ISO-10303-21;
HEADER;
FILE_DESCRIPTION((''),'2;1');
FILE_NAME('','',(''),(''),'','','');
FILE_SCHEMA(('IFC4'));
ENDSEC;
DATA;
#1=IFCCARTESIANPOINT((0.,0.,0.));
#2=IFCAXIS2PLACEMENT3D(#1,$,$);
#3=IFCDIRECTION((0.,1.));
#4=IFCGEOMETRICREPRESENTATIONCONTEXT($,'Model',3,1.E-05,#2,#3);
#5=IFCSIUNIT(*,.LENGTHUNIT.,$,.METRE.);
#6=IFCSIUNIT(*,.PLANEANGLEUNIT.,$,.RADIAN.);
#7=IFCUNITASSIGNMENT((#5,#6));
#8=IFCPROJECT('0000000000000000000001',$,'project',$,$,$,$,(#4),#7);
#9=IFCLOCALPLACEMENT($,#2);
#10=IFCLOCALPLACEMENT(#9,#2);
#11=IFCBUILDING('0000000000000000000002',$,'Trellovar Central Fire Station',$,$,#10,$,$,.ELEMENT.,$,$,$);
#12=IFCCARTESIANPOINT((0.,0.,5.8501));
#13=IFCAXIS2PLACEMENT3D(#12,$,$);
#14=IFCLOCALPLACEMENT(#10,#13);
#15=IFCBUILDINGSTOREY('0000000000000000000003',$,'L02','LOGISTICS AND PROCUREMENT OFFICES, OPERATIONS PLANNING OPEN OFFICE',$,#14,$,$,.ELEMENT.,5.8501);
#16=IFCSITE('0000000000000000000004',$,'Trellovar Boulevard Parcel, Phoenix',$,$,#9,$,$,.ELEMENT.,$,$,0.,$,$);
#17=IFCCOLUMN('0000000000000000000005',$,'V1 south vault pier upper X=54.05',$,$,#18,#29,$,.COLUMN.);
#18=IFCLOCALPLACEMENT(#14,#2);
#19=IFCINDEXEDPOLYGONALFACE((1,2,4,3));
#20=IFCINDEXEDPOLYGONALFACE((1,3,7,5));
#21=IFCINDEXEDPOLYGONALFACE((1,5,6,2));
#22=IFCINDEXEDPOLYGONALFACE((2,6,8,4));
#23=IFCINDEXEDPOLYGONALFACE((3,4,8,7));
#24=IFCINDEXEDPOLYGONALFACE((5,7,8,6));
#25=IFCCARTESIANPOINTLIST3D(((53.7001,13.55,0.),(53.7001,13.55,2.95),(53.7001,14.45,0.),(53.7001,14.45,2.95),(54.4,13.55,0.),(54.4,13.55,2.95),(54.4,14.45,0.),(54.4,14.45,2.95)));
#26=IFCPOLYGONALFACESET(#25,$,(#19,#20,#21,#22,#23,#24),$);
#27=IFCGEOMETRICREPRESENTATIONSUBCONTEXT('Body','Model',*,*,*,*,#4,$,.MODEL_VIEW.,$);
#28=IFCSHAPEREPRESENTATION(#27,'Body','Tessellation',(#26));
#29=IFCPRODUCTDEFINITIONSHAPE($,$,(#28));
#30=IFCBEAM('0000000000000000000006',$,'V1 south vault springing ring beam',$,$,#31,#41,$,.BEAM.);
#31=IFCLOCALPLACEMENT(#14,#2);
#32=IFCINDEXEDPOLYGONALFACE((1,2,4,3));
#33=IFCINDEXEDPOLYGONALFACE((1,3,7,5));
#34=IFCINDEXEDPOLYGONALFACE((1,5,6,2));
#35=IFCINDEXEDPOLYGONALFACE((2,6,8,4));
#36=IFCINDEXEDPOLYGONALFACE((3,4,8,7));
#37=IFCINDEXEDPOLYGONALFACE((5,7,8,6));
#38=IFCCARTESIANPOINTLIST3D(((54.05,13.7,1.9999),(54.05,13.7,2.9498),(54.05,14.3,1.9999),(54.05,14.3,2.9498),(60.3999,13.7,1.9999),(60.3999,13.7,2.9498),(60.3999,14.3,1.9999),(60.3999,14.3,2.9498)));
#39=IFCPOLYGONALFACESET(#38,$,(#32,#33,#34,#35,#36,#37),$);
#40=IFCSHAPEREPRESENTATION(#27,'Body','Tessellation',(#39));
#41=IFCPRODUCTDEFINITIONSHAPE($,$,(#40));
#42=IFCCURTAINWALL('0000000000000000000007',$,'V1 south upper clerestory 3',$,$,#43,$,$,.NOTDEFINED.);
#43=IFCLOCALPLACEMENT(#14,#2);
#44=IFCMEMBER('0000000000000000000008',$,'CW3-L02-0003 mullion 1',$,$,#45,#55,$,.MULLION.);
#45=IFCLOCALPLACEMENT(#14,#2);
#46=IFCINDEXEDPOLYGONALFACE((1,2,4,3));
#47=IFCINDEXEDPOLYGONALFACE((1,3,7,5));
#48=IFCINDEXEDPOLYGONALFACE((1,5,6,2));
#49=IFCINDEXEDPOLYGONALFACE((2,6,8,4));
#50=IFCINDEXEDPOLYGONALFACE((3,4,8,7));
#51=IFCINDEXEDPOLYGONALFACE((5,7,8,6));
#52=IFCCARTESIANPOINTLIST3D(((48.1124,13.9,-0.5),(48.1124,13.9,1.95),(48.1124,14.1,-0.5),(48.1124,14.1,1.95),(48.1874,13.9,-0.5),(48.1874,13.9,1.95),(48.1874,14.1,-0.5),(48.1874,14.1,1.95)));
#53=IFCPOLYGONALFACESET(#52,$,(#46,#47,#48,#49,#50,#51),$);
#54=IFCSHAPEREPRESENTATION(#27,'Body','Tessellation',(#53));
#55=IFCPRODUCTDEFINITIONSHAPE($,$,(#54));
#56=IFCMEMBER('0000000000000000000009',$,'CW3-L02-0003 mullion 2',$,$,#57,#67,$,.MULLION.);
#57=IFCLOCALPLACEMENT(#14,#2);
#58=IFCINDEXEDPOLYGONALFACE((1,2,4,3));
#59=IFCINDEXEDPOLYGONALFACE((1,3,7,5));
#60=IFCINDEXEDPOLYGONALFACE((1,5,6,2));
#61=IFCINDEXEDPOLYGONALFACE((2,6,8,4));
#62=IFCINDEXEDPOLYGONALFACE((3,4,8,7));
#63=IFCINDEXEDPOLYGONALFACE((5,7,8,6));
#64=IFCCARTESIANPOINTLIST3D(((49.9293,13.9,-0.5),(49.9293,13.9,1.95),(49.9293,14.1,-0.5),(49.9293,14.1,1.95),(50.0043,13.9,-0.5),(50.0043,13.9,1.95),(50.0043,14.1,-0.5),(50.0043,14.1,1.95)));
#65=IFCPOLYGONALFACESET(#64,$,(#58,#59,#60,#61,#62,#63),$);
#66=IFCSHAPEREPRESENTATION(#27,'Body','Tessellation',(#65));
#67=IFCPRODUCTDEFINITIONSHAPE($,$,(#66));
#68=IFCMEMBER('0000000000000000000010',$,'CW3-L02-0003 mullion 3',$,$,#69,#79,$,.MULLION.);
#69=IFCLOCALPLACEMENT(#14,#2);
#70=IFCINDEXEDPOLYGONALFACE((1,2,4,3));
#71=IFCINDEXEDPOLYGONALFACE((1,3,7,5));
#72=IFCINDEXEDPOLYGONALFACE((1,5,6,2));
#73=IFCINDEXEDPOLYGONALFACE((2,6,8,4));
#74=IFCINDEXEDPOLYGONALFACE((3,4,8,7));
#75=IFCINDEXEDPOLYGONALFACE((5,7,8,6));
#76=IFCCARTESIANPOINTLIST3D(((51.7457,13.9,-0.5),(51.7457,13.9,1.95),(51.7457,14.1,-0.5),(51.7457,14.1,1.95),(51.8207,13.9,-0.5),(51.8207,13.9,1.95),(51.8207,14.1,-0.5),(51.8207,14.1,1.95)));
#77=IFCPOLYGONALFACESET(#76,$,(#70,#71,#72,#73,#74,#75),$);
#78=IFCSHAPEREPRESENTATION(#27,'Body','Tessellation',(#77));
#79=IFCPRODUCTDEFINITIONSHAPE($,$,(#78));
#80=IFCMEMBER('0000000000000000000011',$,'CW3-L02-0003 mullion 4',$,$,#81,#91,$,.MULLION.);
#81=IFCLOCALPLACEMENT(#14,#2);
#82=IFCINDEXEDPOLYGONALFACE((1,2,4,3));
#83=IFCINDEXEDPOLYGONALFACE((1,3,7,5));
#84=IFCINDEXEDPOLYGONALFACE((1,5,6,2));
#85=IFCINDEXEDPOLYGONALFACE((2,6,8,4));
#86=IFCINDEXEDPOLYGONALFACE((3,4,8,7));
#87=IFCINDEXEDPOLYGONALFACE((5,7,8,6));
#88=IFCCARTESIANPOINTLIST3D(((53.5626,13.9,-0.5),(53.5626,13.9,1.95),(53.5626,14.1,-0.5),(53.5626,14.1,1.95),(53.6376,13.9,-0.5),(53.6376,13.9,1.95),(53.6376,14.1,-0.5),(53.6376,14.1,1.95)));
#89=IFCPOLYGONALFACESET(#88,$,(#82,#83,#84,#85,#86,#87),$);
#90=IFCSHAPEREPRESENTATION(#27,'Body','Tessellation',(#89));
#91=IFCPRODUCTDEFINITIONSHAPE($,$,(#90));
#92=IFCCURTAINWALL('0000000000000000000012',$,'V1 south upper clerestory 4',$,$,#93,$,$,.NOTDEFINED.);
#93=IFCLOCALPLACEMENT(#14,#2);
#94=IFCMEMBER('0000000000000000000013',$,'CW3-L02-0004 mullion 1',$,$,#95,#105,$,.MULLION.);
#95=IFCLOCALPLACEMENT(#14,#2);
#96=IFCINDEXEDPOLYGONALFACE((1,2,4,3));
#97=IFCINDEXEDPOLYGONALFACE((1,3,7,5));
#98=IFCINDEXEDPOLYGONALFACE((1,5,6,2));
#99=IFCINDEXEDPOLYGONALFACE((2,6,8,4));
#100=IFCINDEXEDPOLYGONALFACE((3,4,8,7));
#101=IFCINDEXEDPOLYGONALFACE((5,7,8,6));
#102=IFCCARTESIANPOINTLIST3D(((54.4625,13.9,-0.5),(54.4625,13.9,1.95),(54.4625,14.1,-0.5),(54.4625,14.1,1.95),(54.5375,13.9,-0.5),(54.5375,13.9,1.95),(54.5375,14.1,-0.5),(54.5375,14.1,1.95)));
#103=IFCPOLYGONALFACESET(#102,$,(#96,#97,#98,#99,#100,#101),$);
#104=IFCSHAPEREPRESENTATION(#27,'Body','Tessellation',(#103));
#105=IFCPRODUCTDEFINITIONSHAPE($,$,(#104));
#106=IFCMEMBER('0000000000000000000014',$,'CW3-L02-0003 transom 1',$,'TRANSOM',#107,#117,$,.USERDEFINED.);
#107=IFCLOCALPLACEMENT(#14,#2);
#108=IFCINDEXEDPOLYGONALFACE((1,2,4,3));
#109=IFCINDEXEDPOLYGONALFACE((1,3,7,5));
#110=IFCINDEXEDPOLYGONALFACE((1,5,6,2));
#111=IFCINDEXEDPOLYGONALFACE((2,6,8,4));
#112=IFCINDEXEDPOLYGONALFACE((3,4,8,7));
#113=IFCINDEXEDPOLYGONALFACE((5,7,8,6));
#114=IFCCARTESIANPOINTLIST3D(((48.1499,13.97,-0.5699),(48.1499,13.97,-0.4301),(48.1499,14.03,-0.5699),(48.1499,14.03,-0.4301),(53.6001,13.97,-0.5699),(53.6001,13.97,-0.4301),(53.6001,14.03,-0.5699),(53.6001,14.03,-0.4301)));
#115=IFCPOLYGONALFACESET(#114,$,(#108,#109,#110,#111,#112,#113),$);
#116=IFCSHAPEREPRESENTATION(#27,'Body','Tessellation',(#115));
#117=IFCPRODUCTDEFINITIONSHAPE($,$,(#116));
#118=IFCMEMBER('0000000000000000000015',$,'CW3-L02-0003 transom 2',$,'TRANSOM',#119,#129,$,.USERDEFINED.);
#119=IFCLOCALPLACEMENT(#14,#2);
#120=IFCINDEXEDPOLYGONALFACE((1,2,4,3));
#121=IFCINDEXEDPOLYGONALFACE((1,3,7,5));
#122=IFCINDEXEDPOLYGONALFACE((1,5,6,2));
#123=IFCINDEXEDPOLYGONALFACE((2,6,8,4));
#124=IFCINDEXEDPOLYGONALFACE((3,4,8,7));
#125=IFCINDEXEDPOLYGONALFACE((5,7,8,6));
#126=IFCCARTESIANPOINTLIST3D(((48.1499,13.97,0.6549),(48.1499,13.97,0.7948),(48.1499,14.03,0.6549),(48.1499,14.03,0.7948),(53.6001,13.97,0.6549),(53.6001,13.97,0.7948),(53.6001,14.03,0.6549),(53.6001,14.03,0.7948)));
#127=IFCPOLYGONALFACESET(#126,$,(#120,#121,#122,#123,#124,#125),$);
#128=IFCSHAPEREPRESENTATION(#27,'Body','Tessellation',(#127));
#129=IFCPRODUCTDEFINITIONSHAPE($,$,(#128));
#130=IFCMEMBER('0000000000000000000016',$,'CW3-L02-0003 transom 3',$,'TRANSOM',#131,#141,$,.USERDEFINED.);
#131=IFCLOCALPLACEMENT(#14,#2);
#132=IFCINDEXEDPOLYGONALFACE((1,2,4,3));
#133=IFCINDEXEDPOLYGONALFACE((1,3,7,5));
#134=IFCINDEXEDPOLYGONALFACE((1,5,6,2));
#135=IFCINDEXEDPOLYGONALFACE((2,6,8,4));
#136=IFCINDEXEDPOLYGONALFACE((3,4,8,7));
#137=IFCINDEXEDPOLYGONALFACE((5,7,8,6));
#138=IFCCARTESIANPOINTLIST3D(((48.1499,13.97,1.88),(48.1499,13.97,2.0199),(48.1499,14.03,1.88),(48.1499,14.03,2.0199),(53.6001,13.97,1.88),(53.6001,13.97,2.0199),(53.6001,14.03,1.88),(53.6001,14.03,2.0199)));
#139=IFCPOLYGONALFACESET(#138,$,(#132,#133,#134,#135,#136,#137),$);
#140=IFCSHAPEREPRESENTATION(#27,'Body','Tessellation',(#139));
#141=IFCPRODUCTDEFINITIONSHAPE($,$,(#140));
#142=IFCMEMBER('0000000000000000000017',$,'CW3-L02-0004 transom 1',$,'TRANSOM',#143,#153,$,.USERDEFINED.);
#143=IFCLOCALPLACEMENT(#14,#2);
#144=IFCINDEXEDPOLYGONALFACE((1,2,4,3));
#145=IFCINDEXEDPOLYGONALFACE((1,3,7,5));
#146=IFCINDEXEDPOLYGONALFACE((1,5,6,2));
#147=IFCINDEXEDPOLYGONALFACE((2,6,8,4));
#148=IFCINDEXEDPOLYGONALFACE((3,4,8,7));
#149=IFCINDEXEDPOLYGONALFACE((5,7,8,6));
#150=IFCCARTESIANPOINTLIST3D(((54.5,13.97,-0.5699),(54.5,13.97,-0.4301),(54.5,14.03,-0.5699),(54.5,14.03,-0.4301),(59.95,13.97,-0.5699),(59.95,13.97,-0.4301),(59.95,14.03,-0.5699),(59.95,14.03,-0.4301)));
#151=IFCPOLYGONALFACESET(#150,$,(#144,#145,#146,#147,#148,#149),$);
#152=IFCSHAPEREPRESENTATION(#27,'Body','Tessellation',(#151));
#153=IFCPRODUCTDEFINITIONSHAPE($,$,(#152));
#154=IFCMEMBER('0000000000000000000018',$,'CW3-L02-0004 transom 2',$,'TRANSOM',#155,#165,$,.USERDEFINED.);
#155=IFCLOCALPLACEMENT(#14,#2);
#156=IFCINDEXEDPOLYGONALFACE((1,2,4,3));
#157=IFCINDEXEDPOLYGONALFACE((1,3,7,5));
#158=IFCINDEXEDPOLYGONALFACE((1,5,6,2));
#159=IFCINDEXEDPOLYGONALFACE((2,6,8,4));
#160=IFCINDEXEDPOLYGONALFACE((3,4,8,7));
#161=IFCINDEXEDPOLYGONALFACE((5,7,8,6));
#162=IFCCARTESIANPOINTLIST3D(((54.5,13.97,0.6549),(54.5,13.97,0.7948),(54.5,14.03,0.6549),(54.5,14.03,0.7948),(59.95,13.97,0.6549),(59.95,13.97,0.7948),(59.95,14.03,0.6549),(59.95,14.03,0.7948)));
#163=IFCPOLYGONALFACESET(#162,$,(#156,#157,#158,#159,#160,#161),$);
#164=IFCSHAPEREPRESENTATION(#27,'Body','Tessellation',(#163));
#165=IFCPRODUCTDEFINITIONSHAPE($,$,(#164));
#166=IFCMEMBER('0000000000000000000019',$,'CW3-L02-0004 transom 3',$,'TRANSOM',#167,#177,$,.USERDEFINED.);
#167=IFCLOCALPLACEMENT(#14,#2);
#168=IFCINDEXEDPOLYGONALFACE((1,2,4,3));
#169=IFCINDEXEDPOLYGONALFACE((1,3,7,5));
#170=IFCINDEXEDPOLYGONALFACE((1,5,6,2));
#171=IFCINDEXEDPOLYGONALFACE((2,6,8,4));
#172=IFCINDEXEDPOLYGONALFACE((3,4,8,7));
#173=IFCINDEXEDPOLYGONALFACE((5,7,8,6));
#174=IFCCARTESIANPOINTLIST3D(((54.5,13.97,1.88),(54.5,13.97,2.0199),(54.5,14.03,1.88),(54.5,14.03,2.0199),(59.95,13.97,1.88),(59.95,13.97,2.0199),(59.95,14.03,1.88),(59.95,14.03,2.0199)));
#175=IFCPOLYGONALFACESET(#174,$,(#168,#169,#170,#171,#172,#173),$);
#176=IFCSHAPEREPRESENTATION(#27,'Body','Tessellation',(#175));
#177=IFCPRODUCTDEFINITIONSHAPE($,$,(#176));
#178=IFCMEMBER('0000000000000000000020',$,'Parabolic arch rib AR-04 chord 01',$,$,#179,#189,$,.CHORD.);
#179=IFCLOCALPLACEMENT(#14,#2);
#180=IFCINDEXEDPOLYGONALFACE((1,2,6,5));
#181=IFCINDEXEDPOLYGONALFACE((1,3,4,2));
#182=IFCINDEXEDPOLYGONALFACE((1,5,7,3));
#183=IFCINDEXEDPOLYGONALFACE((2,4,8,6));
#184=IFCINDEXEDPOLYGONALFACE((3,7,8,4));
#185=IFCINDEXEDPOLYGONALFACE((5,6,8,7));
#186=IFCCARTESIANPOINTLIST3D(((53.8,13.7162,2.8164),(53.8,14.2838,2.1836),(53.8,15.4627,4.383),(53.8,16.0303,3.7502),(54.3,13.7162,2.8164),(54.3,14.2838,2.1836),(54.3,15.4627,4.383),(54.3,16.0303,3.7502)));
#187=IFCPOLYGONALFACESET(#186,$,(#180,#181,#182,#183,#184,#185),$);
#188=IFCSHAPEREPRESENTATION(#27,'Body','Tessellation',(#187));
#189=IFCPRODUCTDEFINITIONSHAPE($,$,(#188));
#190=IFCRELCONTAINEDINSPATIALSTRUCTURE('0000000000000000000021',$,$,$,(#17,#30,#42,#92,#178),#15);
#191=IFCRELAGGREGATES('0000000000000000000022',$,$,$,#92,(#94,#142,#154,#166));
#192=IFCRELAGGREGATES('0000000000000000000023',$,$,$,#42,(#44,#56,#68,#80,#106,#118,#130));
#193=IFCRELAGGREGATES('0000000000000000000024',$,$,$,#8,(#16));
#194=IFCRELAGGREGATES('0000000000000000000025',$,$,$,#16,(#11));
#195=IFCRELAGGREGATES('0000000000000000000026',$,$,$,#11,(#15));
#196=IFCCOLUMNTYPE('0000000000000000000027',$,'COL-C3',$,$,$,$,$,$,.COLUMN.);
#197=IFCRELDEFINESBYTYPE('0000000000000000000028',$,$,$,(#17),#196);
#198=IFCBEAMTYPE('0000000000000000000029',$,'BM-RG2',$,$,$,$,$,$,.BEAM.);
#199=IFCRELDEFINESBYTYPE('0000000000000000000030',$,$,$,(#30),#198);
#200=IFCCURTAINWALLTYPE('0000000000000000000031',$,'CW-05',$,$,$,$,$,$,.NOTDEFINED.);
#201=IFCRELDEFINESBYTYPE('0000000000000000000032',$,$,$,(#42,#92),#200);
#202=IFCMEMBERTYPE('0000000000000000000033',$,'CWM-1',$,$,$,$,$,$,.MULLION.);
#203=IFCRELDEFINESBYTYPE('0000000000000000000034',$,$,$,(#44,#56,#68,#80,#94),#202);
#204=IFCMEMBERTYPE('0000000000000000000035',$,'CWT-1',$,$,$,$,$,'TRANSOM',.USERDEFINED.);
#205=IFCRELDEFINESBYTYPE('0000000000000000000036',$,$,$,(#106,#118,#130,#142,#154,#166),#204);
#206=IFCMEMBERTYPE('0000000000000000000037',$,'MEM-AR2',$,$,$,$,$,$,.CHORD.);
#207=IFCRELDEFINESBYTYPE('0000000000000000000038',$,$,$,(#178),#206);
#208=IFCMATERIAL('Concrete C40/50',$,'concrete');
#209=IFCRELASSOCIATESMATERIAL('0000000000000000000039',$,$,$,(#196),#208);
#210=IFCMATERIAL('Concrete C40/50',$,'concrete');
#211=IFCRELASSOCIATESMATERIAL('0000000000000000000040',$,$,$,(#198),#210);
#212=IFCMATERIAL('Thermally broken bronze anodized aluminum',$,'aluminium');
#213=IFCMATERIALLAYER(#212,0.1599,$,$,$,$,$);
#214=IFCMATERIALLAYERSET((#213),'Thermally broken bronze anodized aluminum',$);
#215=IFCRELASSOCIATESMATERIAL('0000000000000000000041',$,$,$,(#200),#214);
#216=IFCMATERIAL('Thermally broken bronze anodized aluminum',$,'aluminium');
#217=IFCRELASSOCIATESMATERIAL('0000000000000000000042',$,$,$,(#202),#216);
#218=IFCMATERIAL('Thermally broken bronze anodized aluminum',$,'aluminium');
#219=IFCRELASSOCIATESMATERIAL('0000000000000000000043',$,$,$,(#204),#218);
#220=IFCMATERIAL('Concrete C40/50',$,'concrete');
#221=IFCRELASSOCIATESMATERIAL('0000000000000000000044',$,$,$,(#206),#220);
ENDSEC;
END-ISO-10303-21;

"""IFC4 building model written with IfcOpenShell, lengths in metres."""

from ifc_helpers import new_model, si_unit, direction, frame, origin, origin_2d, place, context, subcontext, project, spatial, rectangle, extrude, material, layer, layer_set, material_profile, profile_set, type_object, element, aggregate, save


model = new_model("IFC4")

# Units and contexts
model_context = context("Model", 3, precision=1e-05, world=origin(), true_north=direction((0.0, 1.0)))
body_context = subcontext(model_context, "Body", "Model", "MODEL_VIEW")
ifc_project = project(units=[si_unit("LENGTHUNIT", "METRE"), si_unit("PLANEANGLEUNIT", "RADIAN")], contexts=[model_context])

# Site, building, storey
site_placement = place(None, origin())
site = spatial("IfcSite", under=ifc_project, at=site_placement, Name="Trellovar Boulevard Parcel, Phoenix", CompositionType="ELEMENT", RefElevation=0.0)
building_placement = place(site_placement, origin())
building = spatial("IfcBuilding", under=site, at=building_placement, Name="Trellovar Central Fire Station", CompositionType="ELEMENT")
storey_placement = place(building_placement, frame((0.0, 0.0, 5.8501)))
storey = spatial("IfcBuildingStorey", under=building, at=storey_placement, Name="L02", Description="LOGISTICS AND PROCUREMENT OFFICES, OPERATIONS PLANNING OPEN OFFICE", CompositionType="ELEMENT", Elevation=5.8501)

# Column
ifc_material_1 = material(Name="Concrete C40/50", Category="concrete")
ifc_material_profile_1 = material_profile(ifc_material_1, rectangle(XDim=0.7, YDim=0.8999, at=origin_2d()), Name="RC700X900")
ifc_profile_set_1 = profile_set([ifc_material_profile_1], Name="Concrete C40/50")
column_type = type_object("IfcColumnType", Name="COL-C3", PredefinedType="COLUMN", material=ifc_profile_set_1)
column_placement = place(storey_placement, frame((54.05, 14.0, 0.0), z_axis=(0.0, 0.0, 1.0), x_axis=(1.0, 0.0, 0.0)))
element("IfcColumn", 1, at=column_placement, inside=storey, type_object=column_type, Name="V1 south vault pier upper X=54.05", PredefinedType="COLUMN", context=body_context, shape_type="SweptSolid", body=[
    extrude(rectangle(XDim=0.7, YDim=0.8999, at=origin_2d()), origin(), (0.0, 0.0, 1.0), 2.95),
])

# Beam
ifc_material_2 = material(Name="Concrete C40/50", Category="concrete")
ifc_material_profile_2 = material_profile(ifc_material_2, rectangle(XDim=0.6001, YDim=0.95, at=origin_2d()), Name="RC600X950")
ifc_profile_set_2 = profile_set([ifc_material_profile_2], Name="Concrete C40/50")
beam_type = type_object("IfcBeamType", Name="BM-RG2", PredefinedType="BEAM", material=ifc_profile_set_2)
beam_placement = place(storey_placement, frame((54.05, 14.0, 2.4749), z_axis=(1.0, 0.0, 0.0), x_axis=(0.0, 1.0, 0.0)))
element("IfcBeam", 2, at=beam_placement, inside=storey, type_object=beam_type, Name="V1 south vault springing ring beam", PredefinedType="BEAM", context=body_context, shape_type="SweptSolid", body=[
    extrude(rectangle(XDim=0.6001, YDim=0.95, at=origin_2d()), origin(), (0.0, 0.0, 1.0), 6.3499),
])

# Curtain wall, members
ifc_material_3 = material(Name="Thermally broken bronze anodized aluminum", Category="aluminium")
ifc_layer_1 = layer(ifc_material_3, 0.1599)
ifc_layer_set_1 = layer_set([ifc_layer_1], Name="Thermally broken bronze anodized aluminum")
curtain_wall_type = type_object("IfcCurtainWallType", Name="CW-05", PredefinedType="NOTDEFINED", material=ifc_layer_set_1)
curtain_wall_1_placement = place(storey_placement, origin())
curtain_wall_1 = element("IfcCurtainWall", 3, at=curtain_wall_1_placement, inside=storey, type_object=curtain_wall_type, Name="V1 south upper clerestory 3", PredefinedType="NOTDEFINED")
ifc_material_4 = material(Name="Thermally broken bronze anodized aluminum", Category="aluminium")
ifc_material_profile_3 = material_profile(ifc_material_4, rectangle(XDim=0.075, YDim=0.2, at=origin_2d()), Name="ALU75X200")
ifc_profile_set_3 = profile_set([ifc_material_profile_3], Name="Thermally broken bronze anodized aluminum")
member_type_1 = type_object("IfcMemberType", Name="CWM-1", PredefinedType="MULLION", material=ifc_profile_set_3)
member_1_placement = place(storey_placement, frame((48.1499, 14.0, -0.5), z_axis=(0.0, 0.0, 1.0), x_axis=(1.0, 0.0, 0.0)))
member_1 = element("IfcMember", 4, at=member_1_placement, type_object=member_type_1, Name="CW3-L02-0003 mullion 1", PredefinedType="MULLION", context=body_context, shape_type="SweptSolid", body=[
    extrude(rectangle(XDim=0.075, YDim=0.2, at=origin_2d()), origin(), (0.0, 0.0, 1.0), 2.45),
])
member_2_placement = place(storey_placement, frame((49.9668, 14.0, -0.5), z_axis=(0.0, 0.0, 1.0), x_axis=(1.0, 0.0, 0.0)))
member_2 = element("IfcMember", 5, at=member_2_placement, type_object=member_type_1, Name="CW3-L02-0003 mullion 2", PredefinedType="MULLION", context=body_context, shape_type="SweptSolid", body=[
    extrude(rectangle(XDim=0.075, YDim=0.2, at=origin_2d()), origin(), (0.0, 0.0, 1.0), 2.45),
])
member_3_placement = place(storey_placement, frame((51.7832, 14.0, -0.5), z_axis=(0.0, 0.0, 1.0), x_axis=(1.0, 0.0, 0.0)))
member_3 = element("IfcMember", 6, at=member_3_placement, type_object=member_type_1, Name="CW3-L02-0003 mullion 3", PredefinedType="MULLION", context=body_context, shape_type="SweptSolid", body=[
    extrude(rectangle(XDim=0.075, YDim=0.2, at=origin_2d()), origin(), (0.0, 0.0, 1.0), 2.45),
])
member_4_placement = place(storey_placement, frame((53.6001, 14.0, -0.5), z_axis=(0.0, 0.0, 1.0), x_axis=(1.0, 0.0, 0.0)))
member_4 = element("IfcMember", 7, at=member_4_placement, type_object=member_type_1, Name="CW3-L02-0003 mullion 4", PredefinedType="MULLION", context=body_context, shape_type="SweptSolid", body=[
    extrude(rectangle(XDim=0.075, YDim=0.2, at=origin_2d()), origin(), (0.0, 0.0, 1.0), 2.45),
])

# Curtain wall, member
curtain_wall_2_placement = place(storey_placement, origin())
curtain_wall_2 = element("IfcCurtainWall", 8, at=curtain_wall_2_placement, inside=storey, type_object=curtain_wall_type, Name="V1 south upper clerestory 4", PredefinedType="NOTDEFINED")
member_5_placement = place(storey_placement, frame((54.5, 14.0, -0.5), z_axis=(0.0, 0.0, 1.0), x_axis=(1.0, 0.0, 0.0)))
member_5 = element("IfcMember", 9, at=member_5_placement, type_object=member_type_1, Name="CW3-L02-0004 mullion 1", PredefinedType="MULLION", context=body_context, shape_type="SweptSolid", body=[
    extrude(rectangle(XDim=0.075, YDim=0.2, at=origin_2d()), origin(), (0.0, 0.0, 1.0), 2.45),
])

# Members
ifc_material_5 = material(Name="Thermally broken bronze anodized aluminum", Category="aluminium")
ifc_material_profile_4 = material_profile(ifc_material_5, rectangle(XDim=0.0601, YDim=0.1399, at=origin_2d()), Name="ALU60X140")
ifc_profile_set_4 = profile_set([ifc_material_profile_4], Name="Thermally broken bronze anodized aluminum")
member_type_2 = type_object("IfcMemberType", Name="CWT-1", ElementType="TRANSOM", PredefinedType="USERDEFINED", material=ifc_profile_set_4)
member_6_placement = place(storey_placement, frame((48.1499, 14.0, -0.5), z_axis=(1.0, 0.0, 0.0), x_axis=(0.0, 1.0, 0.0)))
member_6 = element("IfcMember", 10, at=member_6_placement, type_object=member_type_2, Name="CW3-L02-0003 transom 1", ObjectType="TRANSOM", PredefinedType="USERDEFINED", context=body_context, shape_type="SweptSolid", body=[
    extrude(rectangle(XDim=0.0601, YDim=0.1399, at=origin_2d()), origin(), (0.0, 0.0, 1.0), 5.4502),
])
member_7_placement = place(storey_placement, frame((48.1499, 14.0, 0.7249), z_axis=(1.0, 0.0, 0.0), x_axis=(0.0, 1.0, 0.0)))
member_7 = element("IfcMember", 11, at=member_7_placement, type_object=member_type_2, Name="CW3-L02-0003 transom 2", ObjectType="TRANSOM", PredefinedType="USERDEFINED", context=body_context, shape_type="SweptSolid", body=[
    extrude(rectangle(XDim=0.0601, YDim=0.1399, at=origin_2d()), origin(), (0.0, 0.0, 1.0), 5.4502),
])
member_8_placement = place(storey_placement, frame((48.1499, 14.0, 1.95), z_axis=(1.0, 0.0, 0.0), x_axis=(0.0, 1.0, 0.0)))
member_8 = element("IfcMember", 12, at=member_8_placement, type_object=member_type_2, Name="CW3-L02-0003 transom 3", ObjectType="TRANSOM", PredefinedType="USERDEFINED", context=body_context, shape_type="SweptSolid", body=[
    extrude(rectangle(XDim=0.0601, YDim=0.1399, at=origin_2d()), origin(), (0.0, 0.0, 1.0), 5.4502),
])
member_9_placement = place(storey_placement, frame((54.5, 14.0, -0.5), z_axis=(1.0, 0.0, 0.0), x_axis=(0.0, 1.0, 0.0)))
member_9 = element("IfcMember", 13, at=member_9_placement, type_object=member_type_2, Name="CW3-L02-0004 transom 1", ObjectType="TRANSOM", PredefinedType="USERDEFINED", context=body_context, shape_type="SweptSolid", body=[
    extrude(rectangle(XDim=0.0601, YDim=0.1399, at=origin_2d()), origin(), (0.0, 0.0, 1.0), 5.45),
])
member_10_placement = place(storey_placement, frame((54.5, 14.0, 0.7249), z_axis=(1.0, 0.0, 0.0), x_axis=(0.0, 1.0, 0.0)))
member_10 = element("IfcMember", 14, at=member_10_placement, type_object=member_type_2, Name="CW3-L02-0004 transom 2", ObjectType="TRANSOM", PredefinedType="USERDEFINED", context=body_context, shape_type="SweptSolid", body=[
    extrude(rectangle(XDim=0.0601, YDim=0.1399, at=origin_2d()), origin(), (0.0, 0.0, 1.0), 5.45),
])
member_11_placement = place(storey_placement, frame((54.5, 14.0, 1.95), z_axis=(1.0, 0.0, 0.0), x_axis=(0.0, 1.0, 0.0)))
member_11 = element("IfcMember", 15, at=member_11_placement, type_object=member_type_2, Name="CW3-L02-0004 transom 3", ObjectType="TRANSOM", PredefinedType="USERDEFINED", context=body_context, shape_type="SweptSolid", body=[
    extrude(rectangle(XDim=0.0601, YDim=0.1399, at=origin_2d()), origin(), (0.0, 0.0, 1.0), 5.45),
])

# Member
ifc_material_6 = material(Name="Concrete C40/50", Category="concrete")
ifc_material_profile_5 = material_profile(ifc_material_6, rectangle(XDim=0.5, YDim=0.8501, at=origin_2d()), Name="RC500X850")
ifc_profile_set_5 = profile_set([ifc_material_profile_5], Name="Concrete C40/50")
member_type_3 = type_object("IfcMemberType", Name="MEM-AR2", PredefinedType="CHORD", material=ifc_profile_set_5)
member_12_placement = place(storey_placement, frame((54.05, 14.0, 2.5), z_axis=(0.0, 0.744411, 0.667722), x_axis=(-1.0, 0.0, 0.0)))
element("IfcMember", 16, at=member_12_placement, inside=storey, type_object=member_type_3, Name="Parabolic arch rib AR-04 chord 01", PredefinedType="CHORD", context=body_context, shape_type="SweptSolid", body=[
    extrude(rectangle(XDim=0.5, YDim=0.8501, at=origin_2d()), origin(), (0.0, 0.0, 1.0), 2.3462),
])

aggregate(curtain_wall_2, [member_5, member_9, member_10, member_11])
aggregate(curtain_wall_1, [member_1, member_2, member_3, member_4, member_6, member_7, member_8])

save(model, "model.ifc")
